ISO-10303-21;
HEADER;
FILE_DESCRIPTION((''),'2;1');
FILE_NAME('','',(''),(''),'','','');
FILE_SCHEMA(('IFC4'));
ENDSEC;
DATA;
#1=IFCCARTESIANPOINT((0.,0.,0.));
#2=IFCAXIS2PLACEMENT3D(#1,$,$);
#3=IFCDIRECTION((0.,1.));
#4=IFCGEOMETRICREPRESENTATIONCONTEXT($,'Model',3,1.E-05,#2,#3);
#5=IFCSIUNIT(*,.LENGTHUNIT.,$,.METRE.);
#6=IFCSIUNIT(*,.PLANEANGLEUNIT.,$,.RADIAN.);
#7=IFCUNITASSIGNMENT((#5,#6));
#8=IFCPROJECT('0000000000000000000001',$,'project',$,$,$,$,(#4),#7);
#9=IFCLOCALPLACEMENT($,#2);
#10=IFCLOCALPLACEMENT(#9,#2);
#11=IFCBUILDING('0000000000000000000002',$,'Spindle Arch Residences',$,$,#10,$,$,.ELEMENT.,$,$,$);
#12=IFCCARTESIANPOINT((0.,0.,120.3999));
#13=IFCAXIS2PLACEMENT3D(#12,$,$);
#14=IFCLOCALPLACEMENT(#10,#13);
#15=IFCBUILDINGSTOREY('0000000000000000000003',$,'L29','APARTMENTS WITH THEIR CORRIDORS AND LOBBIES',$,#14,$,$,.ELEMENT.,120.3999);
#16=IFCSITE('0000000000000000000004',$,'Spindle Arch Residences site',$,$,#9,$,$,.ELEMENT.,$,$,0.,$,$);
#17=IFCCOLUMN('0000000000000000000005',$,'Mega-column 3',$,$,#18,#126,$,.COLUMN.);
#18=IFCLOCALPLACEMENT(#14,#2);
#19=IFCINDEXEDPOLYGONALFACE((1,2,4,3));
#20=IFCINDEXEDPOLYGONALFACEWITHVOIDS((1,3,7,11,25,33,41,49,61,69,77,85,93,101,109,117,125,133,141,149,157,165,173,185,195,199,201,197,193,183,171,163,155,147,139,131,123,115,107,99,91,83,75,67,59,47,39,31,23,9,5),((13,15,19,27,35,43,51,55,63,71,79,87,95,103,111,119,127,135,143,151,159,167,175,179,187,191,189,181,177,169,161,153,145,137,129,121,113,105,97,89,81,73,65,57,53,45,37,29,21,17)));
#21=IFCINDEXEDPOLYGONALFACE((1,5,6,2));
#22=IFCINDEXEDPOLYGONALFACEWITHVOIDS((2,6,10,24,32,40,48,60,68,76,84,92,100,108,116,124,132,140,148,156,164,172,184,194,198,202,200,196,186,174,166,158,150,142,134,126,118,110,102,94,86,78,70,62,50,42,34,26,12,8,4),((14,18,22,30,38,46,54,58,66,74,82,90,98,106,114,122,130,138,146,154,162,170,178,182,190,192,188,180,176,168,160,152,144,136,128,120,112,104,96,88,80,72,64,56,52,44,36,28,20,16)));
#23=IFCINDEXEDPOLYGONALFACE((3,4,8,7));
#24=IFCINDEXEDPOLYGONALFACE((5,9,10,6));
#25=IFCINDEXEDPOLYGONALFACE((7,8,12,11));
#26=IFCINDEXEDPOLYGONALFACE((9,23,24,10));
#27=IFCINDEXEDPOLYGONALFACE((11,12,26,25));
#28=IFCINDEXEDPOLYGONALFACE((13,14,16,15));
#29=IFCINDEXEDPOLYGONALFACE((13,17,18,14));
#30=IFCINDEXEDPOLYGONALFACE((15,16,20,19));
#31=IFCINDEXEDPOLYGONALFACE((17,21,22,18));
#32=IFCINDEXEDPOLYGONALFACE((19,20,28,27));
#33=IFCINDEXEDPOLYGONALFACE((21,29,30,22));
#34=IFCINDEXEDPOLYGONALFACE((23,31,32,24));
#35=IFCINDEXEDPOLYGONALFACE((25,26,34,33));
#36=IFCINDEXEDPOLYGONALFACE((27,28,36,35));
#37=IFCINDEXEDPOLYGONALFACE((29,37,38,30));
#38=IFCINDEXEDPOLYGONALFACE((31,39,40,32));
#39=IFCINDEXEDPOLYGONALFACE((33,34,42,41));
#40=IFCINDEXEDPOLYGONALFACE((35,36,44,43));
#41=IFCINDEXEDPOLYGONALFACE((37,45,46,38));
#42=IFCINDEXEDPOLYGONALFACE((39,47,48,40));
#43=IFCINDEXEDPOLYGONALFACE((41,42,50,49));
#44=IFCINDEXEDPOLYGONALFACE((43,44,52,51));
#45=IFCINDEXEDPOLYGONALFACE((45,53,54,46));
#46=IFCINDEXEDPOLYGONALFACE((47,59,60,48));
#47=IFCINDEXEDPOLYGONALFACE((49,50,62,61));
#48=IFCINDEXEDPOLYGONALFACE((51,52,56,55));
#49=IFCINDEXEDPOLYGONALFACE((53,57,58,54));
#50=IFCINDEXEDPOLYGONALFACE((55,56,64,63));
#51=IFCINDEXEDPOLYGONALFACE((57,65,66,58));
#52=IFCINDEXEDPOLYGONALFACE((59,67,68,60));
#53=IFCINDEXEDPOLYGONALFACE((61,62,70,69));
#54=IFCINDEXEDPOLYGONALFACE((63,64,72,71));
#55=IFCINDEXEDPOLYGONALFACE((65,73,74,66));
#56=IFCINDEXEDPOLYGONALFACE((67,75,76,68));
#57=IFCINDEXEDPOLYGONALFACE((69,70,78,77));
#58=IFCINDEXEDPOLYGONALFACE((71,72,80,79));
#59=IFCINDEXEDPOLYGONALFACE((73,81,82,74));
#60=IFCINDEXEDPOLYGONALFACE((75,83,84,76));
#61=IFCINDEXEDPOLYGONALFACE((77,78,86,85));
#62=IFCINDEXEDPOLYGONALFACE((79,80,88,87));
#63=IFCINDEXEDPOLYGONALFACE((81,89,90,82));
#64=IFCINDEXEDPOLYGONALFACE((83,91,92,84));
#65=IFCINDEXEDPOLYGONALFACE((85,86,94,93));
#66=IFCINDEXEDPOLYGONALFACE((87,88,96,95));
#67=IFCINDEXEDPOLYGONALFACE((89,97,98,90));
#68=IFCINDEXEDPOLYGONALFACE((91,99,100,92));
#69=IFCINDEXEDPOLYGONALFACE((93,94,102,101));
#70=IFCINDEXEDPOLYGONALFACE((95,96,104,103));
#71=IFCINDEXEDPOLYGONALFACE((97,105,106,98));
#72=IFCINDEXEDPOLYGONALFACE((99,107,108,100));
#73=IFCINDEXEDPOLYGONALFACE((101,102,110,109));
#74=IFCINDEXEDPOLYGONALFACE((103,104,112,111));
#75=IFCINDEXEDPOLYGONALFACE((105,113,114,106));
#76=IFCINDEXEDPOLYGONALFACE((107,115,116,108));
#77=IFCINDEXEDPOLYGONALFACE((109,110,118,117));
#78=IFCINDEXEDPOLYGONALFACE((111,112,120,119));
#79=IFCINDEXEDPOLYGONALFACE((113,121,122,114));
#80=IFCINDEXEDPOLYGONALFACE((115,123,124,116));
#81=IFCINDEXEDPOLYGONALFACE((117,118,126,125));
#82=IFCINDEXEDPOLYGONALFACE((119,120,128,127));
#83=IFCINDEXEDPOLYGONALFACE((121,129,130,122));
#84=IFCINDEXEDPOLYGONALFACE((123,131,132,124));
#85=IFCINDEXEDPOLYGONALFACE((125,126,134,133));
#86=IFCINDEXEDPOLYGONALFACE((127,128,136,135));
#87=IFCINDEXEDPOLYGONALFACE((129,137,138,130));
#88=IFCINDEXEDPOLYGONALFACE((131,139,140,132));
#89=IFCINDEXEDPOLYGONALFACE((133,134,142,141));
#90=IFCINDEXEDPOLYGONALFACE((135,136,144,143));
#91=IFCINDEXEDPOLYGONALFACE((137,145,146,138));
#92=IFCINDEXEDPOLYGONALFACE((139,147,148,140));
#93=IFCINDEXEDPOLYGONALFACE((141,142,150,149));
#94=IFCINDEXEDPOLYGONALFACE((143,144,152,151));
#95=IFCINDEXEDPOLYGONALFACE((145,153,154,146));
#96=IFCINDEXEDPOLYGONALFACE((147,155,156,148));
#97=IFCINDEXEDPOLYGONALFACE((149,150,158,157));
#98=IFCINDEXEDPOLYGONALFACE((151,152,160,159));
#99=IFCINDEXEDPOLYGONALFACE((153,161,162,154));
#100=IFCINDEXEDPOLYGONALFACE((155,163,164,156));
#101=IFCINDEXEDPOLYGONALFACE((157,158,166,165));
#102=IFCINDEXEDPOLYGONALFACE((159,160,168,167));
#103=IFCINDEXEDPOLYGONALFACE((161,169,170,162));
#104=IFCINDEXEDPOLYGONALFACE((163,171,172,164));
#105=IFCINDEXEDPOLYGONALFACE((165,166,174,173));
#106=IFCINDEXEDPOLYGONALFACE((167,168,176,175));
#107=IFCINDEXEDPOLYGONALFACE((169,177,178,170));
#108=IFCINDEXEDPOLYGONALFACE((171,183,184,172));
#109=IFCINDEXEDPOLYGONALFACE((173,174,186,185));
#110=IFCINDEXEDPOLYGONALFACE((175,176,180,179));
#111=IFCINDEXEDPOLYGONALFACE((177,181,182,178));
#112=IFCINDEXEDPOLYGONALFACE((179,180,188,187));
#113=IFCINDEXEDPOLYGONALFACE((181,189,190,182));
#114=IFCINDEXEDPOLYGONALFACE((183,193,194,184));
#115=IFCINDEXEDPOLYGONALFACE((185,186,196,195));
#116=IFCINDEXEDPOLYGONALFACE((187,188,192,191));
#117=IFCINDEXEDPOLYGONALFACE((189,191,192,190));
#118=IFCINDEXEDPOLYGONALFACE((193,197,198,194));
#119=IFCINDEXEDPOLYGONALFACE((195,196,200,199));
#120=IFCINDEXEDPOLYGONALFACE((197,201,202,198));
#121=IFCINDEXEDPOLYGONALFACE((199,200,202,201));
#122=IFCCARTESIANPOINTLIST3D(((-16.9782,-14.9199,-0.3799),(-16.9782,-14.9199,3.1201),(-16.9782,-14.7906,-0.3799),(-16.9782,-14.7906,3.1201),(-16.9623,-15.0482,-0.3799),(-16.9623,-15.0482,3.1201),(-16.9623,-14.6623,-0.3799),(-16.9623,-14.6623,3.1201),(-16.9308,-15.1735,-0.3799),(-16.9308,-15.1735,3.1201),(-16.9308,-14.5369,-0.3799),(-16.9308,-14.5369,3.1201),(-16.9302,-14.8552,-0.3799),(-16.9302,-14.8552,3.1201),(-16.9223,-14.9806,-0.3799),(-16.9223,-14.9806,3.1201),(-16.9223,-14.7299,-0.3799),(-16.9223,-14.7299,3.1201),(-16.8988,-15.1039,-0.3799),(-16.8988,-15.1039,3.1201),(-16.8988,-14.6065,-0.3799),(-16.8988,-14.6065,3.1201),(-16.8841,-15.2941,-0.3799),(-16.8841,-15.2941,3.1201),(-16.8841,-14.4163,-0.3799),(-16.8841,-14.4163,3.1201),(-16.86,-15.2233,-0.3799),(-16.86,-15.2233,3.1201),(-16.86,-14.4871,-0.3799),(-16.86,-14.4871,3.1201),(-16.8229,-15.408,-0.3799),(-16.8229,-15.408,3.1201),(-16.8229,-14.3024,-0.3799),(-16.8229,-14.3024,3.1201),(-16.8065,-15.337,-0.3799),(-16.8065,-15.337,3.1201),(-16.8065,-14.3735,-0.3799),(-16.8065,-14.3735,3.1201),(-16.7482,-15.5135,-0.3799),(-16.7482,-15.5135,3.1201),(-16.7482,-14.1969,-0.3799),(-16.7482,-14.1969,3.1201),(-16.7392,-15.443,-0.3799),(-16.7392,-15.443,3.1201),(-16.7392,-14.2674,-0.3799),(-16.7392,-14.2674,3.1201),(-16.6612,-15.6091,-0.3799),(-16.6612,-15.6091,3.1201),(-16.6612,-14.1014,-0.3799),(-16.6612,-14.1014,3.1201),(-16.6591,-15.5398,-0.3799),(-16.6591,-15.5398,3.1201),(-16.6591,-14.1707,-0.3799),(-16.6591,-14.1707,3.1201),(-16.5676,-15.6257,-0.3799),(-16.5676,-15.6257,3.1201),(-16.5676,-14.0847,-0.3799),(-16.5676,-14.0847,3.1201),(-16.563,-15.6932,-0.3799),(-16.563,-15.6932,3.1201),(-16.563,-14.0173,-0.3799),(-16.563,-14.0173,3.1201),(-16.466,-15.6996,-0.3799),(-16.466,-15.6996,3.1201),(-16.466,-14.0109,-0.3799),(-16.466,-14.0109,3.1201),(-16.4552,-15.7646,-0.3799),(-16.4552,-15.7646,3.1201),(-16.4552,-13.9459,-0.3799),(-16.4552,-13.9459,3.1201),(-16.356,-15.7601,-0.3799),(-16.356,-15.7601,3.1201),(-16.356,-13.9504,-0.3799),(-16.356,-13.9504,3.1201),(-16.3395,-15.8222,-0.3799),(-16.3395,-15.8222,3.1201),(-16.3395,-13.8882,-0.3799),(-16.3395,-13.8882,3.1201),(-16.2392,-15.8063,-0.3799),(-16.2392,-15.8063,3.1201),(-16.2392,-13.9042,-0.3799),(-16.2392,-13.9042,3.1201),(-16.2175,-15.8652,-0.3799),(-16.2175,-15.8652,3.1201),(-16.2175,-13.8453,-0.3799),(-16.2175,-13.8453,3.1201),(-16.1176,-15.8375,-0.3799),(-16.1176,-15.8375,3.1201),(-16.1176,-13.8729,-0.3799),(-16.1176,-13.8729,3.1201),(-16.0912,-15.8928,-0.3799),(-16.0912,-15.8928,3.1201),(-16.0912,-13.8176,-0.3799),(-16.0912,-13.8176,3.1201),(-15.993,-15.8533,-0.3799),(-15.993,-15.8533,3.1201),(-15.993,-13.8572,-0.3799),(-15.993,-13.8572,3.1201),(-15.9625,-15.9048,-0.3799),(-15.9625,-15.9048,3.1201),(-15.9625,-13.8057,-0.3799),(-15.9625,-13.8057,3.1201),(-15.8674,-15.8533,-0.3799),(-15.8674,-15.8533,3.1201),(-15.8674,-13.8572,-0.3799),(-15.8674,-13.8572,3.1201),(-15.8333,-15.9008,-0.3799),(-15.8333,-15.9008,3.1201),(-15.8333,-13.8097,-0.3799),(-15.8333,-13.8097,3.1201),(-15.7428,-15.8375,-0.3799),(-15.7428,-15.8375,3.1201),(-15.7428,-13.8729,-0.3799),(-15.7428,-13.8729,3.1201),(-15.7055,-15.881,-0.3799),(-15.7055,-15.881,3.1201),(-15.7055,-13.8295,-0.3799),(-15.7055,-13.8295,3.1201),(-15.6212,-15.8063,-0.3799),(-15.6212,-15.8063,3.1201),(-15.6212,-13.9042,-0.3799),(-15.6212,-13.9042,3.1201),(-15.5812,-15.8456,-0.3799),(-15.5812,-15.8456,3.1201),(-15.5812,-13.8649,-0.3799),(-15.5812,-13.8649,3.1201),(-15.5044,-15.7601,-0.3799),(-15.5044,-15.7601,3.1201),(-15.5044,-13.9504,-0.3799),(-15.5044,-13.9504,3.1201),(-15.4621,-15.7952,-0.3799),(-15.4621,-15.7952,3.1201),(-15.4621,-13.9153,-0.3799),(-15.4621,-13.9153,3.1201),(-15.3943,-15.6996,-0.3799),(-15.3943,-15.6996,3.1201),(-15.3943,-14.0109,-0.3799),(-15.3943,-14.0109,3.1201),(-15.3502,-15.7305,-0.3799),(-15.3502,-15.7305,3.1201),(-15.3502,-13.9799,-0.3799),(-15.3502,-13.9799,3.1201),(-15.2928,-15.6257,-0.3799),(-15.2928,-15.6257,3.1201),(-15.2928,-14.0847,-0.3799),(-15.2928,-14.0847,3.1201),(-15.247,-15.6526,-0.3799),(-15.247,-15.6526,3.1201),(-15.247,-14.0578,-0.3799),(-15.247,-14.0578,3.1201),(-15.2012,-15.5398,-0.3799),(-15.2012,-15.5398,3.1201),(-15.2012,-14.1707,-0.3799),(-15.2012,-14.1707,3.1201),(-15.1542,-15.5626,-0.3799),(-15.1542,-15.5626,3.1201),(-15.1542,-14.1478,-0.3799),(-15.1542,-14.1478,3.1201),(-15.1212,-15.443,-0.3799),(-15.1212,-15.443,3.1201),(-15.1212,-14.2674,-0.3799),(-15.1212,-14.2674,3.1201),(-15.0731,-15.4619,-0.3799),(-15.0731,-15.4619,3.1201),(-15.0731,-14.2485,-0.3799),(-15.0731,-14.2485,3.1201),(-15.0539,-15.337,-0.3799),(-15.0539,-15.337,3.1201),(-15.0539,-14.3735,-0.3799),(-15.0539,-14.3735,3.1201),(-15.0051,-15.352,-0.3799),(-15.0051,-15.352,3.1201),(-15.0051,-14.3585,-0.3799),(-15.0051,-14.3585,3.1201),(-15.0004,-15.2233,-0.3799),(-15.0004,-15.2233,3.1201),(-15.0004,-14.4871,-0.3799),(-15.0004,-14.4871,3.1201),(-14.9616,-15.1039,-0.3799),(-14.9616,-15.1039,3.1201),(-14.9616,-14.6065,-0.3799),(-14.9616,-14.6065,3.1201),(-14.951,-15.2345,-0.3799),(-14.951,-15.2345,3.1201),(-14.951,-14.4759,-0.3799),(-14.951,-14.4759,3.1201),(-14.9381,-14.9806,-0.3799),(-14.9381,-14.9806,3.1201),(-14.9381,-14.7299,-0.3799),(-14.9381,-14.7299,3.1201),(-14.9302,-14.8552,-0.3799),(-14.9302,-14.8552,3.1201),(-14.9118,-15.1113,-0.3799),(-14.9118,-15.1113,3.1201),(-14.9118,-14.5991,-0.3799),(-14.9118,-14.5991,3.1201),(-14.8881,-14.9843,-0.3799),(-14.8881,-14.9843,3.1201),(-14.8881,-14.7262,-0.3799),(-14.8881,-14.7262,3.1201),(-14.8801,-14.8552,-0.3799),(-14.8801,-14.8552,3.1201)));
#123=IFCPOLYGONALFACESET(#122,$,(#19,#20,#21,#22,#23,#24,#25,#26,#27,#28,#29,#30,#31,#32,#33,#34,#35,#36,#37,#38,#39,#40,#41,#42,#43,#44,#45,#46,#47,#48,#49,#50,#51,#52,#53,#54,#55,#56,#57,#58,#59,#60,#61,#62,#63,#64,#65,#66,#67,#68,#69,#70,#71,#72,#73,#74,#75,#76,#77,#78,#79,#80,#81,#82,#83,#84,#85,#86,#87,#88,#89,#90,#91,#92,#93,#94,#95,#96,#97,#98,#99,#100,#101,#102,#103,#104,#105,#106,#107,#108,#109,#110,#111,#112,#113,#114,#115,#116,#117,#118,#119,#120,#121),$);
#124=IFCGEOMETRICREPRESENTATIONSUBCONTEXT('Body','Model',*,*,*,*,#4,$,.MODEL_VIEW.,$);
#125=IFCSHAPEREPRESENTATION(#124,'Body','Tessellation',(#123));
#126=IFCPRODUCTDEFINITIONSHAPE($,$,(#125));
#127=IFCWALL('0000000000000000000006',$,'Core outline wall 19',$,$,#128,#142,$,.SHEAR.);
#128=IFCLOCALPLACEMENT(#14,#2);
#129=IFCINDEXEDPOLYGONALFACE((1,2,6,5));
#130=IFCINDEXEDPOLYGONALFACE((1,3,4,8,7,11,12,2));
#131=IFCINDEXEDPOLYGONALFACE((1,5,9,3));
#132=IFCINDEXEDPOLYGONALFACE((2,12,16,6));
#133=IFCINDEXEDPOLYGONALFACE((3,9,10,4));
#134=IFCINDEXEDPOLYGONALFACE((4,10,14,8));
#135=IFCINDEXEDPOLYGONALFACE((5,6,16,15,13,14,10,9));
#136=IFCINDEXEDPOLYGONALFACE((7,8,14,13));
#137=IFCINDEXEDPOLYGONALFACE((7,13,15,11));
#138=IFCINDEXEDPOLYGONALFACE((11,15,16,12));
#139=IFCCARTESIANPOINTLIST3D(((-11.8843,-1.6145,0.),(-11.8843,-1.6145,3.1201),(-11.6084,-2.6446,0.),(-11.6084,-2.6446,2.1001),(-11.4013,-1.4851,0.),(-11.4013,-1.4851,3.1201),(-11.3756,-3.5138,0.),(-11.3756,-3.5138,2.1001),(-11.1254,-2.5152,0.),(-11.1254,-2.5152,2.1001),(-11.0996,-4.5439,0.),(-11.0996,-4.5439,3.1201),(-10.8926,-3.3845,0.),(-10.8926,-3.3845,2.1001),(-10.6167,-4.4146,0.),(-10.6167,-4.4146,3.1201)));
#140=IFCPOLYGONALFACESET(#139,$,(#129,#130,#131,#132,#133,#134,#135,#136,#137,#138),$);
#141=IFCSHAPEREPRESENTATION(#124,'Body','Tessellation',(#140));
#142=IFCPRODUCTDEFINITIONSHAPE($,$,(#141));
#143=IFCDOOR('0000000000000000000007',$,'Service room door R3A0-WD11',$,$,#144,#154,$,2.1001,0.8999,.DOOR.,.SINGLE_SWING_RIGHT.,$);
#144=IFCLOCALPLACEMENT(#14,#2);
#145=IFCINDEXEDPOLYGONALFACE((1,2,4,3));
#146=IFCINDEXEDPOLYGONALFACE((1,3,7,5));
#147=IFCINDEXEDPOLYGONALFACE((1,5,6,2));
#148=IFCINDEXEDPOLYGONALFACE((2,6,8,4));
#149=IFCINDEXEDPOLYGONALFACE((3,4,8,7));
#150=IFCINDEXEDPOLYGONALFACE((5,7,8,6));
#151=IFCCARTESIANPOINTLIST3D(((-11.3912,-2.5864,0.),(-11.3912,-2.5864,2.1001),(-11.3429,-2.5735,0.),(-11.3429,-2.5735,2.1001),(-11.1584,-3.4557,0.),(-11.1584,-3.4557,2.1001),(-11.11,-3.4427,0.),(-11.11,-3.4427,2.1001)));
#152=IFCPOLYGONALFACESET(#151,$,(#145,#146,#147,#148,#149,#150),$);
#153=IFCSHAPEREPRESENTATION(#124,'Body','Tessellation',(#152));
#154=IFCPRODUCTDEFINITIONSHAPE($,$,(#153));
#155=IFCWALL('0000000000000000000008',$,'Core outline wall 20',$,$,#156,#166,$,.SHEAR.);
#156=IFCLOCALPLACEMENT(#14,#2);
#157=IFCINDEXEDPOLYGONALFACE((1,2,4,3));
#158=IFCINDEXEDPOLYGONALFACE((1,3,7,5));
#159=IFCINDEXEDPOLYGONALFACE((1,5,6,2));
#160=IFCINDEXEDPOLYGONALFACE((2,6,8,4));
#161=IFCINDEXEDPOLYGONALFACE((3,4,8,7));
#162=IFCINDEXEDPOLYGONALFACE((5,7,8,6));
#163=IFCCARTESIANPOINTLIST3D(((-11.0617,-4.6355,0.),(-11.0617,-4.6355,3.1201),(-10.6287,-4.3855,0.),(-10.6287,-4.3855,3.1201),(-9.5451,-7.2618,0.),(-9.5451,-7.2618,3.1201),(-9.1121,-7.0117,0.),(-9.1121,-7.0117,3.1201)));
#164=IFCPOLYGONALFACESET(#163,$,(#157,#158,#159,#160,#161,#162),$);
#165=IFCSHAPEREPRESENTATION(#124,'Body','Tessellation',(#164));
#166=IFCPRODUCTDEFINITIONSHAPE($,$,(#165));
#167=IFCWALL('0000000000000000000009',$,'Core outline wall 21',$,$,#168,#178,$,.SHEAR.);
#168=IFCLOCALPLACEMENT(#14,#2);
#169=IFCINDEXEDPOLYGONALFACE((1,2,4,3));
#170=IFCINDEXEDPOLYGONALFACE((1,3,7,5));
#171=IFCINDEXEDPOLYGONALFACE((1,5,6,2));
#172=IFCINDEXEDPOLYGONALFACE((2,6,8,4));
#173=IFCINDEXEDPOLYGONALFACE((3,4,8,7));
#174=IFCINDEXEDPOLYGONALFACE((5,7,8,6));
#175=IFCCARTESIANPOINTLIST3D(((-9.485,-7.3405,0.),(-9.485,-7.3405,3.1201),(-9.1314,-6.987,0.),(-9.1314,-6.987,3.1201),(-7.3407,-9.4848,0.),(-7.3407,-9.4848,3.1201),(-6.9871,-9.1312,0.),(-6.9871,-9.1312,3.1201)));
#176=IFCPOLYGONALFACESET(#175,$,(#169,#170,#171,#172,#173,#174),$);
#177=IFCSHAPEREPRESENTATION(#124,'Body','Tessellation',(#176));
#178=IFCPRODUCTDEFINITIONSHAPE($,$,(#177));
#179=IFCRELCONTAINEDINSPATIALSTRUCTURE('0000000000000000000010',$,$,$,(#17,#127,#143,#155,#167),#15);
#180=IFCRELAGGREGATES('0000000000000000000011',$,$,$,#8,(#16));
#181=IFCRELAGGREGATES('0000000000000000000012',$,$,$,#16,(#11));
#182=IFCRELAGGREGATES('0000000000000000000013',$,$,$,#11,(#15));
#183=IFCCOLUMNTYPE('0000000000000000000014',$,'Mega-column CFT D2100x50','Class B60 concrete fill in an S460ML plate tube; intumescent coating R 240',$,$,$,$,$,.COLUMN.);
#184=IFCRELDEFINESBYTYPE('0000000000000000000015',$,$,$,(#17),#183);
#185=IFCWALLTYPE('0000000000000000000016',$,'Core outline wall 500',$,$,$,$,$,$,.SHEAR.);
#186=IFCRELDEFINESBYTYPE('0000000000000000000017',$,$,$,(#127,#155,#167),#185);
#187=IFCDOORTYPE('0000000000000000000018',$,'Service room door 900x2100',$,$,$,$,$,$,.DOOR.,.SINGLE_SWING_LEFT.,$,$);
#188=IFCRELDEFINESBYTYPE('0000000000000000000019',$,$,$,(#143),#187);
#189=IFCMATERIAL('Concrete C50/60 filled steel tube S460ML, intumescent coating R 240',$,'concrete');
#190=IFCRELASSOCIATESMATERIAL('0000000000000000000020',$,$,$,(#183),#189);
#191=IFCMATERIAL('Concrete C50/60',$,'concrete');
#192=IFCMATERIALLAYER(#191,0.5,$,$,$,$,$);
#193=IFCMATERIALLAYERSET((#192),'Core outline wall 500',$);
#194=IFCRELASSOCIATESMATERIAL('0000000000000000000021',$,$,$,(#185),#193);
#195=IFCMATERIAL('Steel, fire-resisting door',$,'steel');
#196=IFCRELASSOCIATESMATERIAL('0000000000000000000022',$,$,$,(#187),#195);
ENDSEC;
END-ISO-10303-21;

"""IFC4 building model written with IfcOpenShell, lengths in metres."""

from ifc_helpers import new_model, si_unit, direction, frame, frame_2d, origin, origin_2d, place, context, subcontext, project, spatial, rectangle, hollow_circle, extrude, material, layer, layer_set, material_profile, profile_set, type_object, element, fill, save


model = new_model("IFC4")

# Units and contexts
model_context = context("Model", 3, precision=1e-05, world=origin(), true_north=direction((0.0, 1.0)))
body_context = subcontext(model_context, "Body", "Model", "MODEL_VIEW")
ifc_project = project(units=[si_unit("LENGTHUNIT", "METRE"), si_unit("PLANEANGLEUNIT", "RADIAN")], contexts=[model_context])

# Site, building, storey
site_placement = place(None, origin())
site = spatial("IfcSite", under=ifc_project, at=site_placement, Name="Spindle Arch Residences site", CompositionType="ELEMENT", RefElevation=0.0)
building_placement = place(site_placement, origin())
building = spatial("IfcBuilding", under=site, at=building_placement, Name="Spindle Arch Residences", CompositionType="ELEMENT")
storey_placement = place(building_placement, frame((0.0, 0.0, 120.3999)))
storey = spatial("IfcBuildingStorey", under=building, at=storey_placement, Name="L29", Description="APARTMENTS WITH THEIR CORRIDORS AND LOBBIES", CompositionType="ELEMENT", Elevation=120.3999)

# Column
ifc_material_1 = material(Name="Concrete C50/60 filled steel tube S460ML, intumescent coating R 240", Category="concrete")
ifc_material_profile = material_profile(ifc_material_1, hollow_circle(Radius=1.05, WallThickness=0.05, at=origin_2d()), Name="CFT D2100x50")
ifc_profile_set = profile_set([ifc_material_profile], Name="Concrete C50/60 filled steel tube S460ML, intumescent coating R 240")
column_type = type_object("IfcColumnType", Name="Mega-column CFT D2100x50", Description="Class B60 concrete fill in an S460ML plate tube; intumescent coating R 240", PredefinedType="COLUMN", material=ifc_profile_set)
column_placement = place(storey_placement, frame((-15.9302, -14.8552, -0.3799), z_axis=(0.0, 0.0, 1.0), x_axis=(1.0, 0.0, 0.0)))
element("IfcColumn", 1, at=column_placement, inside=storey, type_object=column_type, Name="Mega-column 3", PredefinedType="COLUMN", context=body_context, shape_type="SweptSolid", body=[
    extrude(hollow_circle(Radius=1.05, WallThickness=0.05, at=origin_2d()), origin(), (0.0, 0.0, 1.0), 3.5),
])

# Wall, opening, door
ifc_material_2 = material(Name="Concrete C50/60", Category="concrete")
ifc_layer_1 = layer(ifc_material_2, 0.5)
ifc_layer_set_1 = layer_set([ifc_layer_1], Name="Core outline wall 500")
wall_type_1 = type_object("IfcWallType", Name="Core outline wall 500", PredefinedType="SHEAR", material=ifc_layer_set_1)
wall_1_placement = place(storey_placement, frame((-11.6428, -1.5498, 0.0), z_axis=(0.0, 0.0, 1.0), x_axis=(0.258735, -0.965948, 0.0)))
wall_1 = element("IfcWall", 2, at=wall_1_placement, inside=storey, type_object=wall_type_1, Name="Core outline wall 19", PredefinedType="SHEAR", context=body_context, shape_type="SweptSolid", body=[
    extrude(rectangle(XDim=3.0327, YDim=0.5, at=frame_2d((1.5164, 0.0))), origin(), (0.0, 0.0, 1.0), 3.1201),
])
opening_1_placement = place(wall_1_placement, frame((1.0664, 0.0, 0.0)))
opening_1 = element("IfcOpeningElement", 3, at=opening_1_placement, cuts=wall_1, PredefinedType="OPENING", context=body_context, shape_type="SweptSolid", body=[
    extrude(rectangle(XDim=0.8999, YDim=2.1001, at=frame_2d((0.45, 1.05))), frame((0.0, 0.26, 0.0), z_axis=(0.0, -1.0, 0.0), x_axis=(1.0, 0.0, 0.0)), (0.0, 0.0, 1.0), 0.52),
])
ifc_material_3 = material(Name="Steel, fire-resisting door", Category="steel")
door_type_1 = type_object("IfcDoorType", Name="Service room door 900x2100", OperationType="SINGLE_SWING_LEFT", PredefinedType="DOOR", material=ifc_material_3)
door_1_placement = place(opening_1_placement, origin())
door_1 = element("IfcDoor", 4, at=door_1_placement, inside=storey, type_object=door_type_1, Name="Service room door R3A0-WD11", OperationType="SINGLE_SWING_RIGHT", OverallHeight=2.1001, OverallWidth=0.8999, PredefinedType="DOOR", context=body_context, shape_type="SweptSolid", body=[
    extrude(rectangle(XDim=0.8999, YDim=2.1001, at=frame_2d((0.45, 1.05))), frame((0.0, 0.0249, 0.0), z_axis=(0.0, -1.0, 0.0), x_axis=(1.0, 0.0, 0.0)), (0.0, 0.0, 1.0), 0.05),
])
fill(opening_1, door_1)

# Walls
wall_2_placement = place(storey_placement, frame((-10.8452, -4.5105, 0.0), z_axis=(0.0, 0.0, 1.0), x_axis=(0.500087, -0.865975, 0.0)))
element("IfcWall", 5, at=wall_2_placement, inside=storey, type_object=wall_type_1, Name="Core outline wall 20", PredefinedType="SHEAR", context=body_context, shape_type="SweptSolid", body=[
    extrude(rectangle(XDim=3.0327, YDim=0.5, at=frame_2d((1.5164, 0.0))), origin(), (0.0, 0.0, 1.0), 3.1201),
])
wall_3_placement = place(storey_placement, frame((-9.3081, -7.1638, 0.0), z_axis=(0.0, 0.0, 1.0), x_axis=(0.707107, -0.707107, 0.0)))
element("IfcWall", 6, at=wall_3_placement, inside=storey, type_object=wall_type_1, Name="Core outline wall 21", PredefinedType="SHEAR", context=body_context, shape_type="SweptSolid", body=[
    extrude(rectangle(XDim=3.0325, YDim=0.5, at=frame_2d((1.5161, 0.0))), origin(), (0.0, 0.0, 1.0), 3.1201),
])

save(model, "model.ifc")
